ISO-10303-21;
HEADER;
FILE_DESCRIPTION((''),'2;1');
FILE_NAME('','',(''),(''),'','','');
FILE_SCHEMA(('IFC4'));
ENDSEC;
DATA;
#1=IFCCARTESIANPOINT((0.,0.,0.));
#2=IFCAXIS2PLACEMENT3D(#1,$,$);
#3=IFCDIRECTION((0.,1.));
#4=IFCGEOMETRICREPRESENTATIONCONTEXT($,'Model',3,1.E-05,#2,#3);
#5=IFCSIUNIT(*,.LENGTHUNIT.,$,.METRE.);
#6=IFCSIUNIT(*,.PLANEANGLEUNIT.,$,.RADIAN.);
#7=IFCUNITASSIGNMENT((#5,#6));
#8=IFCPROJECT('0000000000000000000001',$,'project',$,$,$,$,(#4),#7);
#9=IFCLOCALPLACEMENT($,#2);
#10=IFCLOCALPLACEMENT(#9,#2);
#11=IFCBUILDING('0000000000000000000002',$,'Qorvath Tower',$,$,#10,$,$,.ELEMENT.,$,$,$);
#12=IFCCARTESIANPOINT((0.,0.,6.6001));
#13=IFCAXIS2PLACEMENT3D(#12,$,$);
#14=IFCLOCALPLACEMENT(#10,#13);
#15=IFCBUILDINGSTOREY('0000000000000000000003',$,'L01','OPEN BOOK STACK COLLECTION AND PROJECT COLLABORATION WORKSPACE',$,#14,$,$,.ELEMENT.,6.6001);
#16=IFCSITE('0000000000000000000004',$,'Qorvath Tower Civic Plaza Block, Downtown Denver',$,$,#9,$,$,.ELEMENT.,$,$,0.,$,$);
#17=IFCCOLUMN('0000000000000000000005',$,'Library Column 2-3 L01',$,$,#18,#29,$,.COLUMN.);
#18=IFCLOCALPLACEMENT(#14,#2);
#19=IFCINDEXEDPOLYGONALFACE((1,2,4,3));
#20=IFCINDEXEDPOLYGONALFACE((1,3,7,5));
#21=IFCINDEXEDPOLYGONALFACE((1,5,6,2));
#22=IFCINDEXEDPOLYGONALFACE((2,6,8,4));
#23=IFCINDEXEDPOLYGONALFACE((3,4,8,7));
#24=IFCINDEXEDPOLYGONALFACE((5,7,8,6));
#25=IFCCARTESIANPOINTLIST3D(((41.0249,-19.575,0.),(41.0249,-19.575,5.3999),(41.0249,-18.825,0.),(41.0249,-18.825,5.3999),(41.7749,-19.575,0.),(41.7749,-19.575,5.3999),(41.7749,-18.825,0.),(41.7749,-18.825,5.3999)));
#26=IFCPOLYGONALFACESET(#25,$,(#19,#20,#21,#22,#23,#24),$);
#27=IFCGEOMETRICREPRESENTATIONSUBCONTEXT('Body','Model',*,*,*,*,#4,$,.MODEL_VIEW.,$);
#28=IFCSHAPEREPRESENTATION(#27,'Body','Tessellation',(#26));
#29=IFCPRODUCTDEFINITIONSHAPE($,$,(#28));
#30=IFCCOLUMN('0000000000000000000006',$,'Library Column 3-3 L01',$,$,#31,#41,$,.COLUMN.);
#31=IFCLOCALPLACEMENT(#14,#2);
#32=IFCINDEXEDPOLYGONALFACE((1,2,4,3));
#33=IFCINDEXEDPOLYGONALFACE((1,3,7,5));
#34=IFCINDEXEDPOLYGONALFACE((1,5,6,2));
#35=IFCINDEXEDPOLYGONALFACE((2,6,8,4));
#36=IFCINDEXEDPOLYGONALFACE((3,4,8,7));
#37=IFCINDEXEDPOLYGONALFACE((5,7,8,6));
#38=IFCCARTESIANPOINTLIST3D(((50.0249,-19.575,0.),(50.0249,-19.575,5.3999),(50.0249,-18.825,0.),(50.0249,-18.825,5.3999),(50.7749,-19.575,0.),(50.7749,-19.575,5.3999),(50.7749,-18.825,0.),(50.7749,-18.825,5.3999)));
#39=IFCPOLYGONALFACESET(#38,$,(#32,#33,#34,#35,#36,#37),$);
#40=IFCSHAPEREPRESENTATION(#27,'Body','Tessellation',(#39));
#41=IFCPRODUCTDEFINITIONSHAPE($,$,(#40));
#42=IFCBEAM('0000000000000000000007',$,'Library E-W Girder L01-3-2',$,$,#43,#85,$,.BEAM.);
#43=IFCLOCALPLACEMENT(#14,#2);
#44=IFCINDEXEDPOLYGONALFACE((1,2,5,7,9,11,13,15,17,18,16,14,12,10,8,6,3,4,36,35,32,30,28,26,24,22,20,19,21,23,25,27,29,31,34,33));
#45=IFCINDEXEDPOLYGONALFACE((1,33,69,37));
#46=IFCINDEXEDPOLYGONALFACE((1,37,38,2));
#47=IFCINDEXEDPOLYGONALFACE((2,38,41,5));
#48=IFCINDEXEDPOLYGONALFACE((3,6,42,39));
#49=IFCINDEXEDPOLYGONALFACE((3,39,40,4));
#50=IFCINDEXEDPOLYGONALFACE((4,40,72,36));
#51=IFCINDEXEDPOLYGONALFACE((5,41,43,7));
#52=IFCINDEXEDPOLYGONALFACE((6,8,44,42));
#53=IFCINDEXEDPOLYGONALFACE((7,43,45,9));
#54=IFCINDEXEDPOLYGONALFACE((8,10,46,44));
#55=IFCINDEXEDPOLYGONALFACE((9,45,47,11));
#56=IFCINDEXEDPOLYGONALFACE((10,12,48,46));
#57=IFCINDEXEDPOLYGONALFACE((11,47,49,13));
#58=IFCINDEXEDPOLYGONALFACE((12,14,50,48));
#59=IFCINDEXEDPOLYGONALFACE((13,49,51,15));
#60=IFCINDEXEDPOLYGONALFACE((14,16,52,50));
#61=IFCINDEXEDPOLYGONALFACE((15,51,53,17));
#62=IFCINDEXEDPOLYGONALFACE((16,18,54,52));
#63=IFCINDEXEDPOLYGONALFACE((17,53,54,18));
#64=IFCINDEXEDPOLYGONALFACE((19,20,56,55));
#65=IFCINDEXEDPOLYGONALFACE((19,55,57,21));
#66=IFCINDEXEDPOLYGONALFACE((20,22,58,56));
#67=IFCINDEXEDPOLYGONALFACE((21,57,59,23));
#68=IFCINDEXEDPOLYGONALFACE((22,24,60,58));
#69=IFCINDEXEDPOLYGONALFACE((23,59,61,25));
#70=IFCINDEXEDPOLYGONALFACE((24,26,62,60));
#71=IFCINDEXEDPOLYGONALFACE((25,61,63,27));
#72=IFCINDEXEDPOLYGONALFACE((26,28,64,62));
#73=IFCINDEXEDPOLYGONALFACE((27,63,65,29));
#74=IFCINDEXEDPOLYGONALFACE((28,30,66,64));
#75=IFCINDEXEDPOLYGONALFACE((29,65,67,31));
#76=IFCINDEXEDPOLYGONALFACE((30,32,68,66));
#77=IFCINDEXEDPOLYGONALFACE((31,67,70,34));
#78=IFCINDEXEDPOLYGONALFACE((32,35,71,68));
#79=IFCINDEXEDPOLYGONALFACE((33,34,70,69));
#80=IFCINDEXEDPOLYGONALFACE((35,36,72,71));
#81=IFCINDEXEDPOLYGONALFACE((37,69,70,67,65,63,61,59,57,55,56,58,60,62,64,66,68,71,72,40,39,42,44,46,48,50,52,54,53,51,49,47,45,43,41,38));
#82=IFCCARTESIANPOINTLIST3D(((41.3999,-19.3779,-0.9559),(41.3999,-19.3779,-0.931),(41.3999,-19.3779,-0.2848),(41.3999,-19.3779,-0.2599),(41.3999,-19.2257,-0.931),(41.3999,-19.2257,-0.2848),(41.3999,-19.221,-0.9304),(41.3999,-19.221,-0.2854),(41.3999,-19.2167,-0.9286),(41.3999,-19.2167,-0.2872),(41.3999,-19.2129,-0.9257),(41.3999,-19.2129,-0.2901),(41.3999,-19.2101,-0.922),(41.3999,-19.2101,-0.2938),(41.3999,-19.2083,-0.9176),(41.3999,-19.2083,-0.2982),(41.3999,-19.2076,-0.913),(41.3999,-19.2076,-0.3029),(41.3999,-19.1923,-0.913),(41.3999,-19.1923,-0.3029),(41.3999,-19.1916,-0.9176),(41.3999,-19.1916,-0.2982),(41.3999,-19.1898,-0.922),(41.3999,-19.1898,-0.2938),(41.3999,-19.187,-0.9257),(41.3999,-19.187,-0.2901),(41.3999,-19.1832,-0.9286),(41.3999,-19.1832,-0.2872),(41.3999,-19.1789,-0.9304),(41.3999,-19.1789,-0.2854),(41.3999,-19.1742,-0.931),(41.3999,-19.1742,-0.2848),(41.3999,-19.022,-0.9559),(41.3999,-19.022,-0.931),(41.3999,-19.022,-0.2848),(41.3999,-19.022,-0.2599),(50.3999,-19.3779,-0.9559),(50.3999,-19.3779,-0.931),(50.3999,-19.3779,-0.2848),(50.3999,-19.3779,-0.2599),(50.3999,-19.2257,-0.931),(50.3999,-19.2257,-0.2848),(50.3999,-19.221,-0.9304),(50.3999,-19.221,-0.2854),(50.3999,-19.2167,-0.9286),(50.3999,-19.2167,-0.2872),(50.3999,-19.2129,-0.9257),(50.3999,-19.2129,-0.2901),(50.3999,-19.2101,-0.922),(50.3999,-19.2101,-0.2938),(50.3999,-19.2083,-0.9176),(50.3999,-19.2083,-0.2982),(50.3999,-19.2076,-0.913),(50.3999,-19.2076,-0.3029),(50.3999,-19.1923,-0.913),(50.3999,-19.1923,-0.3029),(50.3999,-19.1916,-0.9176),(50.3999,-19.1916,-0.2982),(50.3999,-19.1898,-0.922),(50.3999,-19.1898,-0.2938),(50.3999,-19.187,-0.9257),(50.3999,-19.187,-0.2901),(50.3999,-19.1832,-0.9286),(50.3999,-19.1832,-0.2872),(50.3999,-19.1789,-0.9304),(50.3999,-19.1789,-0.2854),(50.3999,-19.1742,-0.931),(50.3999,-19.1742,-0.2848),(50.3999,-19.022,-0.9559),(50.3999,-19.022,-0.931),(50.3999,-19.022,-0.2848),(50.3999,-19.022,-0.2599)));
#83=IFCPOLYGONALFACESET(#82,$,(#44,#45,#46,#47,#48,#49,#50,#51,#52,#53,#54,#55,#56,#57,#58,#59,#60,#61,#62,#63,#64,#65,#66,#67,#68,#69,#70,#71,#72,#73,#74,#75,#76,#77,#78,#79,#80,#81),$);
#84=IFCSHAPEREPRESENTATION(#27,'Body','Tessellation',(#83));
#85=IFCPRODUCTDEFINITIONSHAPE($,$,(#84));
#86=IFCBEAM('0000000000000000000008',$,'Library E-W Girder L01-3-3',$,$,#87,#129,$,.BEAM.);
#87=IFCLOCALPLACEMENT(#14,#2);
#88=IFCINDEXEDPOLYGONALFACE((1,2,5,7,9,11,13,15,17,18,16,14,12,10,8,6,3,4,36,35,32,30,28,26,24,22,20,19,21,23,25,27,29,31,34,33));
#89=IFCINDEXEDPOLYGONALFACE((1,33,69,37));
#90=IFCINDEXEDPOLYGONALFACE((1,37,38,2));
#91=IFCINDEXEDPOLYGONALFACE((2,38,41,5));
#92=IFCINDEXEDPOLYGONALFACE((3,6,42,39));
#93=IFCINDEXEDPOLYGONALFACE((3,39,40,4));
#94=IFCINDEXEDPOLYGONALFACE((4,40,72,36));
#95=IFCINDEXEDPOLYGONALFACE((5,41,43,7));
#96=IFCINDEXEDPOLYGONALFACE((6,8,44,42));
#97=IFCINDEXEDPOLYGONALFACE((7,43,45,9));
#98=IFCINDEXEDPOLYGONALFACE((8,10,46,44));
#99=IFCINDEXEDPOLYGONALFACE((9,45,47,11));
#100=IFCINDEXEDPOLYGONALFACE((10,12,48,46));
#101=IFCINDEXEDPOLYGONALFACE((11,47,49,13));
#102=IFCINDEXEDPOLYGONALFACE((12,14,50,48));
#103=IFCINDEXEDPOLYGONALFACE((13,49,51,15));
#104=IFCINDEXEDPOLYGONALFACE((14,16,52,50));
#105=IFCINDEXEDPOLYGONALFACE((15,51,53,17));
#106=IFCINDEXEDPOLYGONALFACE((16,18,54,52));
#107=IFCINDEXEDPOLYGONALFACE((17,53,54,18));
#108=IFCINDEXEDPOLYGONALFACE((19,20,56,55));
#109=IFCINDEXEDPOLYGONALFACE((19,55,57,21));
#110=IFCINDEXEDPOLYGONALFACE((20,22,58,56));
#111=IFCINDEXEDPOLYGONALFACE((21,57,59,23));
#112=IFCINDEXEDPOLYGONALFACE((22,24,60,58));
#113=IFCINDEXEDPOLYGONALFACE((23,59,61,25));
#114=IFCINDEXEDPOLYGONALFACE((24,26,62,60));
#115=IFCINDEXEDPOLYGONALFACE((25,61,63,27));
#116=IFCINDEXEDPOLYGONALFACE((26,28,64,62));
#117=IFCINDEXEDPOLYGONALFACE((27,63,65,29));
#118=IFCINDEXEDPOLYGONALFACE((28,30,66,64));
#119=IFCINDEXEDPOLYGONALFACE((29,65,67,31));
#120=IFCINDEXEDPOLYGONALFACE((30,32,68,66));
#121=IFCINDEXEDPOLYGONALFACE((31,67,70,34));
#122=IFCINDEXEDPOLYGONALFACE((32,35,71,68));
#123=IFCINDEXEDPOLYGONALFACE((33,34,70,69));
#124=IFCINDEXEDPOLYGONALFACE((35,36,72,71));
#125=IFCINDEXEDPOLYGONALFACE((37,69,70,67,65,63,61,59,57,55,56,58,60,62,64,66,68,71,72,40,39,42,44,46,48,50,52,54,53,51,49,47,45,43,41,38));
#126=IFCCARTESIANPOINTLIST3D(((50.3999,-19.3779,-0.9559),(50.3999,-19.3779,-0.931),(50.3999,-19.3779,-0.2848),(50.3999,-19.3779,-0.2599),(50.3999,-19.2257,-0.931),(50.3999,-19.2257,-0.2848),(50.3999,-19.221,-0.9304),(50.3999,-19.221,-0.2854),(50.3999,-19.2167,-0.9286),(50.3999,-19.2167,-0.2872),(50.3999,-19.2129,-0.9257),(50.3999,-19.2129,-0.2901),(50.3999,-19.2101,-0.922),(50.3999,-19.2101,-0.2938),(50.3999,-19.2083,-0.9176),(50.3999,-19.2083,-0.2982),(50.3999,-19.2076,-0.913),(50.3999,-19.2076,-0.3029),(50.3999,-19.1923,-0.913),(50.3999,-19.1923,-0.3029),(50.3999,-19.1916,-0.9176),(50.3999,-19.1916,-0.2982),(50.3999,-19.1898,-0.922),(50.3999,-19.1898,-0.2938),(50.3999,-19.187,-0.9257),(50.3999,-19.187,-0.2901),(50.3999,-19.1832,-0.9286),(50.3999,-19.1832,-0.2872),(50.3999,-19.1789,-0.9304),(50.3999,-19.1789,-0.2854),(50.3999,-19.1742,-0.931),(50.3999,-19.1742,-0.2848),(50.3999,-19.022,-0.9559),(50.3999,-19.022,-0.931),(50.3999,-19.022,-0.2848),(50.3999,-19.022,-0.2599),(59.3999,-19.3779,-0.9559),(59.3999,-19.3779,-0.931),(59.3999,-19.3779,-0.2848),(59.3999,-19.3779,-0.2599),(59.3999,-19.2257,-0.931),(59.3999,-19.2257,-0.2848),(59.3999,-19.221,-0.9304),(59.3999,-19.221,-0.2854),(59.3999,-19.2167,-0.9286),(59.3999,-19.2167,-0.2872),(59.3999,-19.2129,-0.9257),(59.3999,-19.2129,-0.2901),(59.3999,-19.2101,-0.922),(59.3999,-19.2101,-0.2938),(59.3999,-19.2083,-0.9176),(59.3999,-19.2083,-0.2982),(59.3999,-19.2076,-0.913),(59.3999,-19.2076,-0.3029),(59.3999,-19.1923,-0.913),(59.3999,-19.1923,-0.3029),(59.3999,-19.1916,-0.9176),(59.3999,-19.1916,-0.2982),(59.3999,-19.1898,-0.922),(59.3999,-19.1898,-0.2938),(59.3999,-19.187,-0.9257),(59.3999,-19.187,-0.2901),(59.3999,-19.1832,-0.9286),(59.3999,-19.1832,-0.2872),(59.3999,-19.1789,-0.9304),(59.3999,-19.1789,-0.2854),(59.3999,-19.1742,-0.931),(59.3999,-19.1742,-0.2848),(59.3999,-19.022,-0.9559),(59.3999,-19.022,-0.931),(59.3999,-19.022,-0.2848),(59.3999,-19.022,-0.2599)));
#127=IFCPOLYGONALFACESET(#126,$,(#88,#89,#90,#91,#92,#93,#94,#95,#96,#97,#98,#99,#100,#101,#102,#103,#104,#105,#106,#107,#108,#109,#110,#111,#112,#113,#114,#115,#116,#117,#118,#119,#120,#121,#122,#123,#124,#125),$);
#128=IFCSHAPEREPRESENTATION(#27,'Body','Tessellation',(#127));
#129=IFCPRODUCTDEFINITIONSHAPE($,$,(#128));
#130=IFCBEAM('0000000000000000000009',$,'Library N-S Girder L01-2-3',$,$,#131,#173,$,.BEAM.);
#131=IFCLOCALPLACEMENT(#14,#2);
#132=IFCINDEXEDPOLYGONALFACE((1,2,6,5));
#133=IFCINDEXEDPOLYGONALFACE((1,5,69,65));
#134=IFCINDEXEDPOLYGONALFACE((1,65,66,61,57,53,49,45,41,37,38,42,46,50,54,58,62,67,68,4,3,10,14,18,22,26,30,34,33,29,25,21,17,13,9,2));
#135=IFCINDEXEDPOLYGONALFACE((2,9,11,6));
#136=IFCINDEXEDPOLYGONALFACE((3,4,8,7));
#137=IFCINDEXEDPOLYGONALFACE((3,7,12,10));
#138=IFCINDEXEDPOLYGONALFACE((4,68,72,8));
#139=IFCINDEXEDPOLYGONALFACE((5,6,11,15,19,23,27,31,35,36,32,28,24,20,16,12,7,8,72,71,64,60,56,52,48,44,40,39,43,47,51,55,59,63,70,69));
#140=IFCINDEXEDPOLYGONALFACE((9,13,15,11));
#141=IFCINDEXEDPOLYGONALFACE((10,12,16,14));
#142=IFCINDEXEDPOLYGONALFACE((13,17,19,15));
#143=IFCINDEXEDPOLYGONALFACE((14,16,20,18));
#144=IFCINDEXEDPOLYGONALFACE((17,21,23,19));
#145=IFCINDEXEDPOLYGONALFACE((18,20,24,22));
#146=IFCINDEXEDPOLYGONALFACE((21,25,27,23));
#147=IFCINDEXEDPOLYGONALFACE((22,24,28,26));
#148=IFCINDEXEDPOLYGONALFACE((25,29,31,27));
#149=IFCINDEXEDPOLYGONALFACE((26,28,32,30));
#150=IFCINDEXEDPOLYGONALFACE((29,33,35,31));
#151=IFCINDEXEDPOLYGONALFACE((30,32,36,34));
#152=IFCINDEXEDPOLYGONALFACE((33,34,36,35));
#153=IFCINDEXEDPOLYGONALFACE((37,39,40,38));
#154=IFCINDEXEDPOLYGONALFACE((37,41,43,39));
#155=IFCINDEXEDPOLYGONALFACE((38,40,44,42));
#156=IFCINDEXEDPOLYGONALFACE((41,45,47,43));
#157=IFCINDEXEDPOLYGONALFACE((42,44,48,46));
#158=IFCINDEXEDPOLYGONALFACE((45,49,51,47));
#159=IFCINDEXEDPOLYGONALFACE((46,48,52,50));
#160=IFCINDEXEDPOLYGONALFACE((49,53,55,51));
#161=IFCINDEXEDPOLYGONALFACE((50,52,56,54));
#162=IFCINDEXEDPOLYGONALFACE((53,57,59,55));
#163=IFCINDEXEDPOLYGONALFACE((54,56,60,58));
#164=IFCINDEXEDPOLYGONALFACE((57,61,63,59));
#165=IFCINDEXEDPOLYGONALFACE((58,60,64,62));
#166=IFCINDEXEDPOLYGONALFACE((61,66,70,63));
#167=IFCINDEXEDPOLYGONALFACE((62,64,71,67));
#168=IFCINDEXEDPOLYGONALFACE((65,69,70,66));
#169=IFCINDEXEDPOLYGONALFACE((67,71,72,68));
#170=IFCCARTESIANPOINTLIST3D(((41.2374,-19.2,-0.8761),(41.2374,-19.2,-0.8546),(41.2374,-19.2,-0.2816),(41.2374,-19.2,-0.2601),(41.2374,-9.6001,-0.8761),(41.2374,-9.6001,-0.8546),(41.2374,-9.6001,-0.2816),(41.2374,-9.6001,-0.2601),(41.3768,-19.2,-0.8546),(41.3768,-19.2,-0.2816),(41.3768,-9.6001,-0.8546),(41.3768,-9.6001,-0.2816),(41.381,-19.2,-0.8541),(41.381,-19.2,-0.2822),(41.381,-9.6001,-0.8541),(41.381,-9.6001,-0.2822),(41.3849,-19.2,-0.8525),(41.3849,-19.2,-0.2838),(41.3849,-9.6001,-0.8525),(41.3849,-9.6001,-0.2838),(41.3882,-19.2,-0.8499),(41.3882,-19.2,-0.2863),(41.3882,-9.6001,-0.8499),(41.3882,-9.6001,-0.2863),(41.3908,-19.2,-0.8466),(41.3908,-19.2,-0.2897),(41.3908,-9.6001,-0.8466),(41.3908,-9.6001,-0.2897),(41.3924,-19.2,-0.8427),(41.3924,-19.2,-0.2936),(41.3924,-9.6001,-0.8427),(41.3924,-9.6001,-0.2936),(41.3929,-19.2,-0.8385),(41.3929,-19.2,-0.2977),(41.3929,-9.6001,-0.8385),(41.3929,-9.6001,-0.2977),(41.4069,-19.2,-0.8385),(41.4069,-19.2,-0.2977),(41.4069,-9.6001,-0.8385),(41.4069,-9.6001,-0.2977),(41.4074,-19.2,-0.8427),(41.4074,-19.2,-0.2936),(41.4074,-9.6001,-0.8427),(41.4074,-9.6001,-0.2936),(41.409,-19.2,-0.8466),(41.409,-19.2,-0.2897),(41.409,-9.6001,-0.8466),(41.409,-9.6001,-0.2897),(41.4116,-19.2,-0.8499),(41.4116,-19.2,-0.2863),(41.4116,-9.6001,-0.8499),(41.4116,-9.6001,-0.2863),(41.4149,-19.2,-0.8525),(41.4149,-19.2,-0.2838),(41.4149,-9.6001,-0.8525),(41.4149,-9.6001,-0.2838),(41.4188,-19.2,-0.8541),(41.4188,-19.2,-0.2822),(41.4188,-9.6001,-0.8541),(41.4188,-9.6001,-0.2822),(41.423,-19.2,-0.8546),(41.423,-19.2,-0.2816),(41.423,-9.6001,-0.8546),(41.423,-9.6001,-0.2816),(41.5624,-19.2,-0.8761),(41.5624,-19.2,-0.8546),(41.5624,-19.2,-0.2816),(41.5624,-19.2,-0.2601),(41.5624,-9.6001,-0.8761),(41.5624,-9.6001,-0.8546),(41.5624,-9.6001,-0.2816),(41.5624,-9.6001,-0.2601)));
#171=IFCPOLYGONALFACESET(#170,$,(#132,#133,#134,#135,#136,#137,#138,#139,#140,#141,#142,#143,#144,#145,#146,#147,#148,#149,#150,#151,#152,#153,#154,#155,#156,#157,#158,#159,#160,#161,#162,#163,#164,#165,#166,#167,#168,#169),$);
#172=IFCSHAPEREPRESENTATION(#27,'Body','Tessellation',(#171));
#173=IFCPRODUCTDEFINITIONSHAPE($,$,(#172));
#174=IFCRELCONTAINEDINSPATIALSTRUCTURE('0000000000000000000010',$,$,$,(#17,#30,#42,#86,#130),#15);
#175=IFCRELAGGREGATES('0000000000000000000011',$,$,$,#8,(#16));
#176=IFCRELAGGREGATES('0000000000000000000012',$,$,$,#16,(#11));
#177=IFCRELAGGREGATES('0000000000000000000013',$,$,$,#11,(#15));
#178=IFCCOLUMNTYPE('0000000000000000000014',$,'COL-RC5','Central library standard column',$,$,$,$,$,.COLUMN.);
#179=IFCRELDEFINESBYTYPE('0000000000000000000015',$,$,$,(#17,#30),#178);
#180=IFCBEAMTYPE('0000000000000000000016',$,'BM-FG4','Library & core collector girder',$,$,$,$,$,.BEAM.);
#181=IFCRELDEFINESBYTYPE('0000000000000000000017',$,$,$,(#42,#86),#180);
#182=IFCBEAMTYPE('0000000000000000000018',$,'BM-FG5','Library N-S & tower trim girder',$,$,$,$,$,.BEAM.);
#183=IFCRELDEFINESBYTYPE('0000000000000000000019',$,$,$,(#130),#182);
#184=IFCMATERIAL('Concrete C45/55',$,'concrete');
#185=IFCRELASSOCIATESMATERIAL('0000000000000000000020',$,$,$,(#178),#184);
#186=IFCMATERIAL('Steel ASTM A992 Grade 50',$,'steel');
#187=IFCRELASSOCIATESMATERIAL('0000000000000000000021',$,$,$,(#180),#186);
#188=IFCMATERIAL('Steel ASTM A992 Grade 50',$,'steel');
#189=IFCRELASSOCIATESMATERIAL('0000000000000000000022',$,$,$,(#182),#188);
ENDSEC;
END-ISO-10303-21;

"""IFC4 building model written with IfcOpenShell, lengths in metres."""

from ifc_helpers import new_model, si_unit, direction, frame, origin, origin_2d, place, context, subcontext, project, spatial, rectangle, i_section, extrude, material, material_profile, profile_set, type_object, element, save


model = new_model("IFC4")

# Units and contexts
model_context = context("Model", 3, precision=1e-05, world=origin(), true_north=direction((0.0, 1.0)))
body_context = subcontext(model_context, "Body", "Model", "MODEL_VIEW")
ifc_project = project(units=[si_unit("LENGTHUNIT", "METRE"), si_unit("PLANEANGLEUNIT", "RADIAN")], contexts=[model_context])

# Site, building, storey
site_placement = place(None, origin())
site = spatial("IfcSite", under=ifc_project, at=site_placement, Name="Qorvath Tower Civic Plaza Block, Downtown Denver", CompositionType="ELEMENT", RefElevation=0.0)
building_placement = place(site_placement, origin())
building = spatial("IfcBuilding", under=site, at=building_placement, Name="Qorvath Tower", CompositionType="ELEMENT")
storey_placement = place(building_placement, frame((0.0, 0.0, 6.6001)))
storey = spatial("IfcBuildingStorey", under=building, at=storey_placement, Name="L01", Description="OPEN BOOK STACK COLLECTION AND PROJECT COLLABORATION WORKSPACE", CompositionType="ELEMENT", Elevation=6.6001)

# Columns
ifc_material_1 = material(Name="Concrete C45/55", Category="concrete")
ifc_material_profile_1 = material_profile(ifc_material_1, rectangle(XDim=0.75, YDim=0.75, at=origin_2d()), Name="RC 750x750")
ifc_profile_set_1 = profile_set([ifc_material_profile_1], Name="Concrete C45/55")
column_type = type_object("IfcColumnType", Name="COL-RC5", Description="Central library standard column", PredefinedType="COLUMN", material=ifc_profile_set_1)
for number, where, z_axis, x_axis, name in (
    (1, (41.3999, -19.2, 0.0), (0.0, 0.0, 1.0), (1.0, 0.0, 0.0), "Library Column 2-3 L01"),
    (2, (50.3999, -19.2, 0.0), (0.0, 0.0, 1.0), (1.0, 0.0, 0.0), "Library Column 3-3 L01"),
):
    element("IfcColumn", number, at=place(storey_placement, frame(where, z_axis=z_axis, x_axis=x_axis)), inside=storey, type_object=column_type, Name=name, PredefinedType="COLUMN", context=body_context, shape_type="SweptSolid", body=[
        extrude(rectangle(XDim=0.75, YDim=0.75, at=origin_2d()), origin(), (0.0, 0.0, 1.0), 5.3999),
    ])

# Beams
ifc_material_2 = material(Name="Steel ASTM A992 Grade 50", Category="steel")
ifc_material_profile_2 = material_profile(ifc_material_2, i_section(OverallWidth=0.356, OverallDepth=0.696, WebThickness=0.0154, FlangeThickness=0.0249, FilletRadius=0.0181, at=origin_2d()), Name="W27x146")
ifc_profile_set_2 = profile_set([ifc_material_profile_2], Name="Steel ASTM A992 Grade 50")
beam_type_1 = type_object("IfcBeamType", Name="BM-FG4", Description="Library & core collector girder", PredefinedType="BEAM", material=ifc_profile_set_2)
for number, where, z_axis, x_axis, name in (
    (3, (41.3999, -19.2, -0.6079), (1.0, 0.0, 0.0), (0.0, 1.0, 0.0), "Library E-W Girder L01-3-2"),
    (4, (50.3999, -19.2, -0.6079), (1.0, 0.0, 0.0), (0.0, 1.0, 0.0), "Library E-W Girder L01-3-3"),
):
    element("IfcBeam", number, at=place(storey_placement, frame(where, z_axis=z_axis, x_axis=x_axis)), inside=storey, type_object=beam_type_1, Name=name, PredefinedType="BEAM", context=body_context, shape_type="SweptSolid", body=[
        extrude(i_section(OverallWidth=0.356, OverallDepth=0.696, WebThickness=0.0154, FlangeThickness=0.0249, FilletRadius=0.0181, at=origin_2d()), origin(), (0.0, 0.0, 1.0), 9.0),
    ])
ifc_material_3 = material(Name="Steel ASTM A992 Grade 50", Category="steel")
ifc_material_profile_3 = material_profile(ifc_material_3, i_section(OverallWidth=0.325, OverallDepth=0.616, WebThickness=0.0139, FlangeThickness=0.0215, FilletRadius=0.0161, at=origin_2d()), Name="W24x117")
ifc_profile_set_3 = profile_set([ifc_material_profile_3], Name="Steel ASTM A992 Grade 50")
beam_type_2 = type_object("IfcBeamType", Name="BM-FG5", Description="Library N-S & tower trim girder", PredefinedType="BEAM", material=ifc_profile_set_3)
for number, where, z_axis, x_axis, name in (
    (5, (41.3999, -19.2, -0.5681), (0.0, 1.0, 0.0), (-1.0, 0.0, 0.0), "Library N-S Girder L01-2-3"),
):
    element("IfcBeam", number, at=place(storey_placement, frame(where, z_axis=z_axis, x_axis=x_axis)), inside=storey, type_object=beam_type_2, Name=name, PredefinedType="BEAM", context=body_context, shape_type="SweptSolid", body=[
        extrude(i_section(OverallWidth=0.325, OverallDepth=0.616, WebThickness=0.0139, FlangeThickness=0.0215, FilletRadius=0.0161, at=origin_2d()), origin(), (0.0, 0.0, 1.0), 9.5999),
    ])

save(model, "model.ifc")
